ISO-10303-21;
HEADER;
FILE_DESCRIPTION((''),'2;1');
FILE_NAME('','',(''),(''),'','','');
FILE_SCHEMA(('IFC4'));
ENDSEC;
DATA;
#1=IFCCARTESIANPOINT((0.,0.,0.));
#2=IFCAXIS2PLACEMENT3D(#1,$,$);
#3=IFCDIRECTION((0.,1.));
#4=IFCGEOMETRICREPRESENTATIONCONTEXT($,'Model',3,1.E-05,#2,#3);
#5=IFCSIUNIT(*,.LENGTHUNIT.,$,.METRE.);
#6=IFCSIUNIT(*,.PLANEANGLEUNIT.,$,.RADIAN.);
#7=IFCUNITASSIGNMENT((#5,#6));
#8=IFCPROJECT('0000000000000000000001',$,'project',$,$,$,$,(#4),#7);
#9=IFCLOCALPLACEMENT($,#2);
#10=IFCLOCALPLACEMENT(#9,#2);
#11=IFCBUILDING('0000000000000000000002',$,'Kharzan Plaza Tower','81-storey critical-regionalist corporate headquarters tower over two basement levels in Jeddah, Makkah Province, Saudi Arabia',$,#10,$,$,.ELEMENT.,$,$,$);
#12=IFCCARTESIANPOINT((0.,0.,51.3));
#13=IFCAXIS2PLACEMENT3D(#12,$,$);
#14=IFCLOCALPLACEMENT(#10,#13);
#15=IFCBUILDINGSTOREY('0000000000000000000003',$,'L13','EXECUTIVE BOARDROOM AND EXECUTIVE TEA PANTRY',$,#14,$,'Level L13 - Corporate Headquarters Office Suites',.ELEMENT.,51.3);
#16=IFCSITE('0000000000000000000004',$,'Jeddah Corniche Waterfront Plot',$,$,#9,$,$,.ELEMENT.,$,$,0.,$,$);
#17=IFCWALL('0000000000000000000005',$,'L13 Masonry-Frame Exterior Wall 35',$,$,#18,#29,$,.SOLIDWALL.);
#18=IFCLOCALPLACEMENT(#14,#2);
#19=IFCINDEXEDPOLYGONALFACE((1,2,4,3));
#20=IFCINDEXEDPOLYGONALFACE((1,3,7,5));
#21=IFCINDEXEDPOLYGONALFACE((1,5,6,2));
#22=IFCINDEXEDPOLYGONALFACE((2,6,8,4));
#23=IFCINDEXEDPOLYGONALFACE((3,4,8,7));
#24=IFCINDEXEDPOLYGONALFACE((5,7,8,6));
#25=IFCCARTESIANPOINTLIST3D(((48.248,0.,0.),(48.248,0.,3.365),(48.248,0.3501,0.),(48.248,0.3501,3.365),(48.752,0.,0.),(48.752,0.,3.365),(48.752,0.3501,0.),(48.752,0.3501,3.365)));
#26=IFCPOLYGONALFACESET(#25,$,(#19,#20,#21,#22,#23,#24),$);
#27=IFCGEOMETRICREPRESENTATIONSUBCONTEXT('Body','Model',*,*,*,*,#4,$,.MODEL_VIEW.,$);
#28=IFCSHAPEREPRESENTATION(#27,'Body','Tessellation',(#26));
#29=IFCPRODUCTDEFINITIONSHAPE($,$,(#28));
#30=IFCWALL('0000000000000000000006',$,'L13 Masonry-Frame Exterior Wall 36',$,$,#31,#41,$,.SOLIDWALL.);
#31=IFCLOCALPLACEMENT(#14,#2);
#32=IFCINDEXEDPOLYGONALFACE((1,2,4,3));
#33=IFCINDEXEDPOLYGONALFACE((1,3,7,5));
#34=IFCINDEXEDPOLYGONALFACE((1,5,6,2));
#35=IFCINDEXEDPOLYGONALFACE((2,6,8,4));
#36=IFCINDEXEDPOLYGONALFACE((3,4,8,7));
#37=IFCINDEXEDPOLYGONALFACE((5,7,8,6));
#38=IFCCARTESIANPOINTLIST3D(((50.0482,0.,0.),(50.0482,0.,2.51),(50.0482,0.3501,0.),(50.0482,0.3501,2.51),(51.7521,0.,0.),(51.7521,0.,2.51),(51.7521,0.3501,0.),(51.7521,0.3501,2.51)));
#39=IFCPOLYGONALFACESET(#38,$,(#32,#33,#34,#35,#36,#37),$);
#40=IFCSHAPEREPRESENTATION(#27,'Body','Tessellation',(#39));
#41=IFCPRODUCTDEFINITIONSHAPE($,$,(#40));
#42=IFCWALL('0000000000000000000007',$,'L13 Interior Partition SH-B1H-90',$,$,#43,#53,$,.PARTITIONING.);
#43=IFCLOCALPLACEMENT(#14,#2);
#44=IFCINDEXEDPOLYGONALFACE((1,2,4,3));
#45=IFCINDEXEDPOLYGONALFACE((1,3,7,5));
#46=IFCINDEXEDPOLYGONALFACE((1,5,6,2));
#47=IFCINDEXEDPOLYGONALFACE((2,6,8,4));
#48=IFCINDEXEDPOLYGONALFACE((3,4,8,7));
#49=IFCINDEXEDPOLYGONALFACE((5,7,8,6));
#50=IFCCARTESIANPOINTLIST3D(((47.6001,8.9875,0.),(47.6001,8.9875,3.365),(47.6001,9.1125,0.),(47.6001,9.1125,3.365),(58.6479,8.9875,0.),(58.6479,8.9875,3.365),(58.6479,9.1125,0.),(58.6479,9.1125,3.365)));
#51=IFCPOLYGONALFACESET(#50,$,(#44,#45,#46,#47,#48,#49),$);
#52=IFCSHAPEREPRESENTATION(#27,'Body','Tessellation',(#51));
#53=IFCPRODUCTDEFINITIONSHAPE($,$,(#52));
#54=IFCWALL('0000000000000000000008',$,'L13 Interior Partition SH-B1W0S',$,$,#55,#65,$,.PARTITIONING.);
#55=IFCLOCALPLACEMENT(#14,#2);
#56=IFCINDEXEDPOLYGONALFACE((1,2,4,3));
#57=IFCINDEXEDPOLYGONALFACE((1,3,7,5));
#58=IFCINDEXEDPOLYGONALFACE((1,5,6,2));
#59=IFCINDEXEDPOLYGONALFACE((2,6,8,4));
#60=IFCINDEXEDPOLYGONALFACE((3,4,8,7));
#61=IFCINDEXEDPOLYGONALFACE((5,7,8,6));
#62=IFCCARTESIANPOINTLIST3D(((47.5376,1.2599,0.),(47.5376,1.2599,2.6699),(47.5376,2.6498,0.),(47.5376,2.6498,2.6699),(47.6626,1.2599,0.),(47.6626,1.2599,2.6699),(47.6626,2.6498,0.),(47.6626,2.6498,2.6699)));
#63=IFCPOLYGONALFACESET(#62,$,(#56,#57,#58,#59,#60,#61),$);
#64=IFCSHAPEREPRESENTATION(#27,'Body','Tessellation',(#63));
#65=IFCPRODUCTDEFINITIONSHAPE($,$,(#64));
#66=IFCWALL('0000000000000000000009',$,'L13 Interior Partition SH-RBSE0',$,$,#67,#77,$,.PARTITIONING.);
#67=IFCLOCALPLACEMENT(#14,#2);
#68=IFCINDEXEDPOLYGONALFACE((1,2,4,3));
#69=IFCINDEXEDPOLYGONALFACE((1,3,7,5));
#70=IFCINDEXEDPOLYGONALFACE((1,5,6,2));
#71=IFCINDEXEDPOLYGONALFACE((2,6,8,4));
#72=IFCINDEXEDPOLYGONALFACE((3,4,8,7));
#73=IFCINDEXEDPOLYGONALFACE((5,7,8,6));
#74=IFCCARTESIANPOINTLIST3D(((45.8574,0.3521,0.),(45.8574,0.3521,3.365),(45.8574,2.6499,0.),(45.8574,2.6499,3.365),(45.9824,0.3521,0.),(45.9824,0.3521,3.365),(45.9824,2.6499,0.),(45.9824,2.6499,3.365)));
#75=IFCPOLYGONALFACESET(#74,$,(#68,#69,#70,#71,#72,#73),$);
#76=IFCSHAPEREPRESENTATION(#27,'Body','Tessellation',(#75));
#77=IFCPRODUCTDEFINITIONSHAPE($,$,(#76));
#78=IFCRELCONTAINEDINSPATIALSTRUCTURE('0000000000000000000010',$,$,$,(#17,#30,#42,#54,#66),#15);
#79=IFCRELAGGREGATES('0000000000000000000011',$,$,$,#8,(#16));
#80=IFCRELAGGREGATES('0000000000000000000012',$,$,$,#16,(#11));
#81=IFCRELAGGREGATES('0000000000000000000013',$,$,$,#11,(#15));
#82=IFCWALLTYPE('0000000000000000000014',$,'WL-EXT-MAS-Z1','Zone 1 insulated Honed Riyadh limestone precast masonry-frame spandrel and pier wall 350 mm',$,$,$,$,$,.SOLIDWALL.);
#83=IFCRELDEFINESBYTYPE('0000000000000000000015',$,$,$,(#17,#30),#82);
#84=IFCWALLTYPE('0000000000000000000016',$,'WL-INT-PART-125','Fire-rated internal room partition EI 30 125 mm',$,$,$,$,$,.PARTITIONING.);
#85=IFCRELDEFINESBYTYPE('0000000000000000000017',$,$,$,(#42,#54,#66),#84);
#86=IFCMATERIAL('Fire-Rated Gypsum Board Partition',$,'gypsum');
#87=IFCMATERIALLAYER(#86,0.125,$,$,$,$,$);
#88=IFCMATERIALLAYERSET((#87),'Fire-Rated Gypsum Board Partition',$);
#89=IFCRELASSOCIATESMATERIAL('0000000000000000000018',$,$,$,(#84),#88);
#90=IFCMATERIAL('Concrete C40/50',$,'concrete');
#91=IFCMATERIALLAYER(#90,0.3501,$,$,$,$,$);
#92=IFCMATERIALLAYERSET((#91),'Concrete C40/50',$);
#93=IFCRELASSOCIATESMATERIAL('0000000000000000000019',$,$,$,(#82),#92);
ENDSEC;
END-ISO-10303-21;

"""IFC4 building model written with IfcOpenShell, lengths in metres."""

from ifc_helpers import new_model, si_unit, direction, frame, frame_2d, origin, place, context, subcontext, project, spatial, rectangle, extrude, source, transform, mapped, material, layer, layer_set, type_object, element, save


model = new_model("IFC4")

# Units and contexts
model_context = context("Model", 3, precision=1e-05, world=origin(), true_north=direction((0.0, 1.0)))
body_context = subcontext(model_context, "Body", "Model", "MODEL_VIEW")
ifc_project = project(units=[si_unit("LENGTHUNIT", "METRE"), si_unit("PLANEANGLEUNIT", "RADIAN")], contexts=[model_context])

# Site, building, storey
site_placement = place(None, origin())
site = spatial("IfcSite", under=ifc_project, at=site_placement, Name="Jeddah Corniche Waterfront Plot", CompositionType="ELEMENT", RefElevation=0.0)
building_placement = place(site_placement, origin())
building = spatial("IfcBuilding", under=site, at=building_placement, Name="Kharzan Plaza Tower", Description="81-storey critical-regionalist corporate headquarters tower over two basement levels in Jeddah, Makkah Province, Saudi Arabia", CompositionType="ELEMENT")
storey_placement = place(building_placement, frame((0.0, 0.0, 51.3)))
storey = spatial("IfcBuildingStorey", under=building, at=storey_placement, Name="L13", Description="EXECUTIVE BOARDROOM AND EXECUTIVE TEA PANTRY", LongName="Level L13 - Corporate Headquarters Office Suites", CompositionType="ELEMENT", Elevation=51.3)

# Shared definitions
ifc_material_1 = material(Name="Fire-Rated Gypsum Board Partition", Category="gypsum")
ifc_layer_1 = layer(ifc_material_1, 0.125)
ifc_layer_set_1 = layer_set([ifc_layer_1], Name="Fire-Rated Gypsum Board Partition")
wall_type_1 = type_object("IfcWallType", Name="WL-INT-PART-125", Description="Fire-rated internal room partition EI 30 125 mm", PredefinedType="PARTITIONING", material=ifc_layer_set_1)

# Walls
ifc_material_2 = material(Name="Concrete C40/50", Category="concrete")
ifc_layer_2 = layer(ifc_material_2, 0.3501)
ifc_layer_set_2 = layer_set([ifc_layer_2], Name="Concrete C40/50")
wall_type_2 = type_object("IfcWallType", Name="WL-EXT-MAS-Z1", Description="Zone 1 insulated Honed Riyadh limestone precast masonry-frame spandrel and pier wall 350 mm", PredefinedType="SOLIDWALL", material=ifc_layer_set_2)
shared_shape_1 = source(origin(), body_context, "Body", "SweptSolid", [
    extrude(rectangle(XDim=0.5039, YDim=0.3501, at=frame_2d((0.252, 0.0))), origin(), (0.0, 0.0, 1.0), 3.365),
])
wall_1_placement = place(storey_placement, frame((48.248, 0.175, 0.0), z_axis=(0.0, 0.0, 1.0), x_axis=(1.0, 0.0, 0.0)))
element("IfcWall", 1, at=wall_1_placement, inside=storey, type_object=wall_type_2, Name="L13 Masonry-Frame Exterior Wall 35", PredefinedType="SOLIDWALL", context=body_context, shape_type="MappedRepresentation", body=[
    mapped(shared_shape_1, transform((0.0, 0.0, 0.0), x_axis=(1.0, 0.0, 0.0), y_axis=(0.0, 1.0, 0.0), z_axis=(0.0, 0.0, 1.0))),
])
shared_shape_2 = source(origin(), body_context, "Body", "SweptSolid", [
    extrude(rectangle(XDim=1.7039, YDim=0.3501, at=frame_2d((0.8521, 0.0))), origin(), (0.0, 0.0, 1.0), 2.51),
])
wall_2_placement = place(storey_placement, frame((50.0481, 0.175, 0.0), z_axis=(0.0, 0.0, 1.0), x_axis=(1.0, 0.0, 0.0)))
element("IfcWall", 2, at=wall_2_placement, inside=storey, type_object=wall_type_2, Name="L13 Masonry-Frame Exterior Wall 36", PredefinedType="SOLIDWALL", context=body_context, shape_type="MappedRepresentation", body=[
    mapped(shared_shape_2, transform((0.0, 0.0, 0.0), x_axis=(1.0, 0.0, 0.0), y_axis=(0.0, 1.0, 0.0), z_axis=(0.0, 0.0, 1.0))),
])
shared_shape_3 = source(origin(), body_context, "Body", "SweptSolid", [
    extrude(rectangle(XDim=11.0479, YDim=0.125, at=frame_2d((5.5239, 0.0))), origin(), (0.0, 0.0, 1.0), 3.365),
])
wall_3_placement = place(storey_placement, frame((47.6001, 9.05, 0.0), z_axis=(0.0, 0.0, 1.0), x_axis=(1.0, 0.0, 0.0)))
element("IfcWall", 3, at=wall_3_placement, inside=storey, type_object=wall_type_1, Name="L13 Interior Partition SH-B1H-90", PredefinedType="PARTITIONING", context=body_context, shape_type="MappedRepresentation", body=[
    mapped(shared_shape_3, transform((0.0, 0.0, 0.0), x_axis=(1.0, 0.0, 0.0), y_axis=(0.0, 1.0, 0.0), z_axis=(0.0, 0.0, 1.0))),
])
shared_shape_4 = source(origin(), body_context, "Body", "SweptSolid", [
    extrude(rectangle(XDim=1.3899, YDim=0.125, at=frame_2d((0.6948, 0.0))), origin(), (0.0, 0.0, 1.0), 2.6699),
])
wall_4_placement = place(storey_placement, frame((47.6001, 1.26, 0.0), z_axis=(0.0, 0.0, 1.0), x_axis=(0.0, 1.0, 0.0)))
element("IfcWall", 4, at=wall_4_placement, inside=storey, type_object=wall_type_1, Name="L13 Interior Partition SH-B1W0S", PredefinedType="PARTITIONING", context=body_context, shape_type="MappedRepresentation", body=[
    mapped(shared_shape_4, transform((0.0, 0.0, 0.0), x_axis=(1.0, 0.0, 0.0), y_axis=(0.0, 1.0, 0.0), z_axis=(0.0, 0.0, 1.0))),
])
shared_shape_5 = source(origin(), body_context, "Body", "SweptSolid", [
    extrude(rectangle(XDim=2.2979, YDim=0.125, at=frame_2d((1.1489, 0.0))), origin(), (0.0, 0.0, 1.0), 3.365),
])
wall_5_placement = place(storey_placement, frame((45.9199, 0.3521, 0.0), z_axis=(0.0, 0.0, 1.0), x_axis=(0.0, 1.0, 0.0)))
element("IfcWall", 5, at=wall_5_placement, inside=storey, type_object=wall_type_1, Name="L13 Interior Partition SH-RBSE0", PredefinedType="PARTITIONING", context=body_context, shape_type="MappedRepresentation", body=[
    mapped(shared_shape_5, transform((0.0, 0.0, 0.0), x_axis=(1.0, 0.0, 0.0), y_axis=(0.0, 1.0, 0.0), z_axis=(0.0, 0.0, 1.0))),
])

save(model, "model.ifc")
